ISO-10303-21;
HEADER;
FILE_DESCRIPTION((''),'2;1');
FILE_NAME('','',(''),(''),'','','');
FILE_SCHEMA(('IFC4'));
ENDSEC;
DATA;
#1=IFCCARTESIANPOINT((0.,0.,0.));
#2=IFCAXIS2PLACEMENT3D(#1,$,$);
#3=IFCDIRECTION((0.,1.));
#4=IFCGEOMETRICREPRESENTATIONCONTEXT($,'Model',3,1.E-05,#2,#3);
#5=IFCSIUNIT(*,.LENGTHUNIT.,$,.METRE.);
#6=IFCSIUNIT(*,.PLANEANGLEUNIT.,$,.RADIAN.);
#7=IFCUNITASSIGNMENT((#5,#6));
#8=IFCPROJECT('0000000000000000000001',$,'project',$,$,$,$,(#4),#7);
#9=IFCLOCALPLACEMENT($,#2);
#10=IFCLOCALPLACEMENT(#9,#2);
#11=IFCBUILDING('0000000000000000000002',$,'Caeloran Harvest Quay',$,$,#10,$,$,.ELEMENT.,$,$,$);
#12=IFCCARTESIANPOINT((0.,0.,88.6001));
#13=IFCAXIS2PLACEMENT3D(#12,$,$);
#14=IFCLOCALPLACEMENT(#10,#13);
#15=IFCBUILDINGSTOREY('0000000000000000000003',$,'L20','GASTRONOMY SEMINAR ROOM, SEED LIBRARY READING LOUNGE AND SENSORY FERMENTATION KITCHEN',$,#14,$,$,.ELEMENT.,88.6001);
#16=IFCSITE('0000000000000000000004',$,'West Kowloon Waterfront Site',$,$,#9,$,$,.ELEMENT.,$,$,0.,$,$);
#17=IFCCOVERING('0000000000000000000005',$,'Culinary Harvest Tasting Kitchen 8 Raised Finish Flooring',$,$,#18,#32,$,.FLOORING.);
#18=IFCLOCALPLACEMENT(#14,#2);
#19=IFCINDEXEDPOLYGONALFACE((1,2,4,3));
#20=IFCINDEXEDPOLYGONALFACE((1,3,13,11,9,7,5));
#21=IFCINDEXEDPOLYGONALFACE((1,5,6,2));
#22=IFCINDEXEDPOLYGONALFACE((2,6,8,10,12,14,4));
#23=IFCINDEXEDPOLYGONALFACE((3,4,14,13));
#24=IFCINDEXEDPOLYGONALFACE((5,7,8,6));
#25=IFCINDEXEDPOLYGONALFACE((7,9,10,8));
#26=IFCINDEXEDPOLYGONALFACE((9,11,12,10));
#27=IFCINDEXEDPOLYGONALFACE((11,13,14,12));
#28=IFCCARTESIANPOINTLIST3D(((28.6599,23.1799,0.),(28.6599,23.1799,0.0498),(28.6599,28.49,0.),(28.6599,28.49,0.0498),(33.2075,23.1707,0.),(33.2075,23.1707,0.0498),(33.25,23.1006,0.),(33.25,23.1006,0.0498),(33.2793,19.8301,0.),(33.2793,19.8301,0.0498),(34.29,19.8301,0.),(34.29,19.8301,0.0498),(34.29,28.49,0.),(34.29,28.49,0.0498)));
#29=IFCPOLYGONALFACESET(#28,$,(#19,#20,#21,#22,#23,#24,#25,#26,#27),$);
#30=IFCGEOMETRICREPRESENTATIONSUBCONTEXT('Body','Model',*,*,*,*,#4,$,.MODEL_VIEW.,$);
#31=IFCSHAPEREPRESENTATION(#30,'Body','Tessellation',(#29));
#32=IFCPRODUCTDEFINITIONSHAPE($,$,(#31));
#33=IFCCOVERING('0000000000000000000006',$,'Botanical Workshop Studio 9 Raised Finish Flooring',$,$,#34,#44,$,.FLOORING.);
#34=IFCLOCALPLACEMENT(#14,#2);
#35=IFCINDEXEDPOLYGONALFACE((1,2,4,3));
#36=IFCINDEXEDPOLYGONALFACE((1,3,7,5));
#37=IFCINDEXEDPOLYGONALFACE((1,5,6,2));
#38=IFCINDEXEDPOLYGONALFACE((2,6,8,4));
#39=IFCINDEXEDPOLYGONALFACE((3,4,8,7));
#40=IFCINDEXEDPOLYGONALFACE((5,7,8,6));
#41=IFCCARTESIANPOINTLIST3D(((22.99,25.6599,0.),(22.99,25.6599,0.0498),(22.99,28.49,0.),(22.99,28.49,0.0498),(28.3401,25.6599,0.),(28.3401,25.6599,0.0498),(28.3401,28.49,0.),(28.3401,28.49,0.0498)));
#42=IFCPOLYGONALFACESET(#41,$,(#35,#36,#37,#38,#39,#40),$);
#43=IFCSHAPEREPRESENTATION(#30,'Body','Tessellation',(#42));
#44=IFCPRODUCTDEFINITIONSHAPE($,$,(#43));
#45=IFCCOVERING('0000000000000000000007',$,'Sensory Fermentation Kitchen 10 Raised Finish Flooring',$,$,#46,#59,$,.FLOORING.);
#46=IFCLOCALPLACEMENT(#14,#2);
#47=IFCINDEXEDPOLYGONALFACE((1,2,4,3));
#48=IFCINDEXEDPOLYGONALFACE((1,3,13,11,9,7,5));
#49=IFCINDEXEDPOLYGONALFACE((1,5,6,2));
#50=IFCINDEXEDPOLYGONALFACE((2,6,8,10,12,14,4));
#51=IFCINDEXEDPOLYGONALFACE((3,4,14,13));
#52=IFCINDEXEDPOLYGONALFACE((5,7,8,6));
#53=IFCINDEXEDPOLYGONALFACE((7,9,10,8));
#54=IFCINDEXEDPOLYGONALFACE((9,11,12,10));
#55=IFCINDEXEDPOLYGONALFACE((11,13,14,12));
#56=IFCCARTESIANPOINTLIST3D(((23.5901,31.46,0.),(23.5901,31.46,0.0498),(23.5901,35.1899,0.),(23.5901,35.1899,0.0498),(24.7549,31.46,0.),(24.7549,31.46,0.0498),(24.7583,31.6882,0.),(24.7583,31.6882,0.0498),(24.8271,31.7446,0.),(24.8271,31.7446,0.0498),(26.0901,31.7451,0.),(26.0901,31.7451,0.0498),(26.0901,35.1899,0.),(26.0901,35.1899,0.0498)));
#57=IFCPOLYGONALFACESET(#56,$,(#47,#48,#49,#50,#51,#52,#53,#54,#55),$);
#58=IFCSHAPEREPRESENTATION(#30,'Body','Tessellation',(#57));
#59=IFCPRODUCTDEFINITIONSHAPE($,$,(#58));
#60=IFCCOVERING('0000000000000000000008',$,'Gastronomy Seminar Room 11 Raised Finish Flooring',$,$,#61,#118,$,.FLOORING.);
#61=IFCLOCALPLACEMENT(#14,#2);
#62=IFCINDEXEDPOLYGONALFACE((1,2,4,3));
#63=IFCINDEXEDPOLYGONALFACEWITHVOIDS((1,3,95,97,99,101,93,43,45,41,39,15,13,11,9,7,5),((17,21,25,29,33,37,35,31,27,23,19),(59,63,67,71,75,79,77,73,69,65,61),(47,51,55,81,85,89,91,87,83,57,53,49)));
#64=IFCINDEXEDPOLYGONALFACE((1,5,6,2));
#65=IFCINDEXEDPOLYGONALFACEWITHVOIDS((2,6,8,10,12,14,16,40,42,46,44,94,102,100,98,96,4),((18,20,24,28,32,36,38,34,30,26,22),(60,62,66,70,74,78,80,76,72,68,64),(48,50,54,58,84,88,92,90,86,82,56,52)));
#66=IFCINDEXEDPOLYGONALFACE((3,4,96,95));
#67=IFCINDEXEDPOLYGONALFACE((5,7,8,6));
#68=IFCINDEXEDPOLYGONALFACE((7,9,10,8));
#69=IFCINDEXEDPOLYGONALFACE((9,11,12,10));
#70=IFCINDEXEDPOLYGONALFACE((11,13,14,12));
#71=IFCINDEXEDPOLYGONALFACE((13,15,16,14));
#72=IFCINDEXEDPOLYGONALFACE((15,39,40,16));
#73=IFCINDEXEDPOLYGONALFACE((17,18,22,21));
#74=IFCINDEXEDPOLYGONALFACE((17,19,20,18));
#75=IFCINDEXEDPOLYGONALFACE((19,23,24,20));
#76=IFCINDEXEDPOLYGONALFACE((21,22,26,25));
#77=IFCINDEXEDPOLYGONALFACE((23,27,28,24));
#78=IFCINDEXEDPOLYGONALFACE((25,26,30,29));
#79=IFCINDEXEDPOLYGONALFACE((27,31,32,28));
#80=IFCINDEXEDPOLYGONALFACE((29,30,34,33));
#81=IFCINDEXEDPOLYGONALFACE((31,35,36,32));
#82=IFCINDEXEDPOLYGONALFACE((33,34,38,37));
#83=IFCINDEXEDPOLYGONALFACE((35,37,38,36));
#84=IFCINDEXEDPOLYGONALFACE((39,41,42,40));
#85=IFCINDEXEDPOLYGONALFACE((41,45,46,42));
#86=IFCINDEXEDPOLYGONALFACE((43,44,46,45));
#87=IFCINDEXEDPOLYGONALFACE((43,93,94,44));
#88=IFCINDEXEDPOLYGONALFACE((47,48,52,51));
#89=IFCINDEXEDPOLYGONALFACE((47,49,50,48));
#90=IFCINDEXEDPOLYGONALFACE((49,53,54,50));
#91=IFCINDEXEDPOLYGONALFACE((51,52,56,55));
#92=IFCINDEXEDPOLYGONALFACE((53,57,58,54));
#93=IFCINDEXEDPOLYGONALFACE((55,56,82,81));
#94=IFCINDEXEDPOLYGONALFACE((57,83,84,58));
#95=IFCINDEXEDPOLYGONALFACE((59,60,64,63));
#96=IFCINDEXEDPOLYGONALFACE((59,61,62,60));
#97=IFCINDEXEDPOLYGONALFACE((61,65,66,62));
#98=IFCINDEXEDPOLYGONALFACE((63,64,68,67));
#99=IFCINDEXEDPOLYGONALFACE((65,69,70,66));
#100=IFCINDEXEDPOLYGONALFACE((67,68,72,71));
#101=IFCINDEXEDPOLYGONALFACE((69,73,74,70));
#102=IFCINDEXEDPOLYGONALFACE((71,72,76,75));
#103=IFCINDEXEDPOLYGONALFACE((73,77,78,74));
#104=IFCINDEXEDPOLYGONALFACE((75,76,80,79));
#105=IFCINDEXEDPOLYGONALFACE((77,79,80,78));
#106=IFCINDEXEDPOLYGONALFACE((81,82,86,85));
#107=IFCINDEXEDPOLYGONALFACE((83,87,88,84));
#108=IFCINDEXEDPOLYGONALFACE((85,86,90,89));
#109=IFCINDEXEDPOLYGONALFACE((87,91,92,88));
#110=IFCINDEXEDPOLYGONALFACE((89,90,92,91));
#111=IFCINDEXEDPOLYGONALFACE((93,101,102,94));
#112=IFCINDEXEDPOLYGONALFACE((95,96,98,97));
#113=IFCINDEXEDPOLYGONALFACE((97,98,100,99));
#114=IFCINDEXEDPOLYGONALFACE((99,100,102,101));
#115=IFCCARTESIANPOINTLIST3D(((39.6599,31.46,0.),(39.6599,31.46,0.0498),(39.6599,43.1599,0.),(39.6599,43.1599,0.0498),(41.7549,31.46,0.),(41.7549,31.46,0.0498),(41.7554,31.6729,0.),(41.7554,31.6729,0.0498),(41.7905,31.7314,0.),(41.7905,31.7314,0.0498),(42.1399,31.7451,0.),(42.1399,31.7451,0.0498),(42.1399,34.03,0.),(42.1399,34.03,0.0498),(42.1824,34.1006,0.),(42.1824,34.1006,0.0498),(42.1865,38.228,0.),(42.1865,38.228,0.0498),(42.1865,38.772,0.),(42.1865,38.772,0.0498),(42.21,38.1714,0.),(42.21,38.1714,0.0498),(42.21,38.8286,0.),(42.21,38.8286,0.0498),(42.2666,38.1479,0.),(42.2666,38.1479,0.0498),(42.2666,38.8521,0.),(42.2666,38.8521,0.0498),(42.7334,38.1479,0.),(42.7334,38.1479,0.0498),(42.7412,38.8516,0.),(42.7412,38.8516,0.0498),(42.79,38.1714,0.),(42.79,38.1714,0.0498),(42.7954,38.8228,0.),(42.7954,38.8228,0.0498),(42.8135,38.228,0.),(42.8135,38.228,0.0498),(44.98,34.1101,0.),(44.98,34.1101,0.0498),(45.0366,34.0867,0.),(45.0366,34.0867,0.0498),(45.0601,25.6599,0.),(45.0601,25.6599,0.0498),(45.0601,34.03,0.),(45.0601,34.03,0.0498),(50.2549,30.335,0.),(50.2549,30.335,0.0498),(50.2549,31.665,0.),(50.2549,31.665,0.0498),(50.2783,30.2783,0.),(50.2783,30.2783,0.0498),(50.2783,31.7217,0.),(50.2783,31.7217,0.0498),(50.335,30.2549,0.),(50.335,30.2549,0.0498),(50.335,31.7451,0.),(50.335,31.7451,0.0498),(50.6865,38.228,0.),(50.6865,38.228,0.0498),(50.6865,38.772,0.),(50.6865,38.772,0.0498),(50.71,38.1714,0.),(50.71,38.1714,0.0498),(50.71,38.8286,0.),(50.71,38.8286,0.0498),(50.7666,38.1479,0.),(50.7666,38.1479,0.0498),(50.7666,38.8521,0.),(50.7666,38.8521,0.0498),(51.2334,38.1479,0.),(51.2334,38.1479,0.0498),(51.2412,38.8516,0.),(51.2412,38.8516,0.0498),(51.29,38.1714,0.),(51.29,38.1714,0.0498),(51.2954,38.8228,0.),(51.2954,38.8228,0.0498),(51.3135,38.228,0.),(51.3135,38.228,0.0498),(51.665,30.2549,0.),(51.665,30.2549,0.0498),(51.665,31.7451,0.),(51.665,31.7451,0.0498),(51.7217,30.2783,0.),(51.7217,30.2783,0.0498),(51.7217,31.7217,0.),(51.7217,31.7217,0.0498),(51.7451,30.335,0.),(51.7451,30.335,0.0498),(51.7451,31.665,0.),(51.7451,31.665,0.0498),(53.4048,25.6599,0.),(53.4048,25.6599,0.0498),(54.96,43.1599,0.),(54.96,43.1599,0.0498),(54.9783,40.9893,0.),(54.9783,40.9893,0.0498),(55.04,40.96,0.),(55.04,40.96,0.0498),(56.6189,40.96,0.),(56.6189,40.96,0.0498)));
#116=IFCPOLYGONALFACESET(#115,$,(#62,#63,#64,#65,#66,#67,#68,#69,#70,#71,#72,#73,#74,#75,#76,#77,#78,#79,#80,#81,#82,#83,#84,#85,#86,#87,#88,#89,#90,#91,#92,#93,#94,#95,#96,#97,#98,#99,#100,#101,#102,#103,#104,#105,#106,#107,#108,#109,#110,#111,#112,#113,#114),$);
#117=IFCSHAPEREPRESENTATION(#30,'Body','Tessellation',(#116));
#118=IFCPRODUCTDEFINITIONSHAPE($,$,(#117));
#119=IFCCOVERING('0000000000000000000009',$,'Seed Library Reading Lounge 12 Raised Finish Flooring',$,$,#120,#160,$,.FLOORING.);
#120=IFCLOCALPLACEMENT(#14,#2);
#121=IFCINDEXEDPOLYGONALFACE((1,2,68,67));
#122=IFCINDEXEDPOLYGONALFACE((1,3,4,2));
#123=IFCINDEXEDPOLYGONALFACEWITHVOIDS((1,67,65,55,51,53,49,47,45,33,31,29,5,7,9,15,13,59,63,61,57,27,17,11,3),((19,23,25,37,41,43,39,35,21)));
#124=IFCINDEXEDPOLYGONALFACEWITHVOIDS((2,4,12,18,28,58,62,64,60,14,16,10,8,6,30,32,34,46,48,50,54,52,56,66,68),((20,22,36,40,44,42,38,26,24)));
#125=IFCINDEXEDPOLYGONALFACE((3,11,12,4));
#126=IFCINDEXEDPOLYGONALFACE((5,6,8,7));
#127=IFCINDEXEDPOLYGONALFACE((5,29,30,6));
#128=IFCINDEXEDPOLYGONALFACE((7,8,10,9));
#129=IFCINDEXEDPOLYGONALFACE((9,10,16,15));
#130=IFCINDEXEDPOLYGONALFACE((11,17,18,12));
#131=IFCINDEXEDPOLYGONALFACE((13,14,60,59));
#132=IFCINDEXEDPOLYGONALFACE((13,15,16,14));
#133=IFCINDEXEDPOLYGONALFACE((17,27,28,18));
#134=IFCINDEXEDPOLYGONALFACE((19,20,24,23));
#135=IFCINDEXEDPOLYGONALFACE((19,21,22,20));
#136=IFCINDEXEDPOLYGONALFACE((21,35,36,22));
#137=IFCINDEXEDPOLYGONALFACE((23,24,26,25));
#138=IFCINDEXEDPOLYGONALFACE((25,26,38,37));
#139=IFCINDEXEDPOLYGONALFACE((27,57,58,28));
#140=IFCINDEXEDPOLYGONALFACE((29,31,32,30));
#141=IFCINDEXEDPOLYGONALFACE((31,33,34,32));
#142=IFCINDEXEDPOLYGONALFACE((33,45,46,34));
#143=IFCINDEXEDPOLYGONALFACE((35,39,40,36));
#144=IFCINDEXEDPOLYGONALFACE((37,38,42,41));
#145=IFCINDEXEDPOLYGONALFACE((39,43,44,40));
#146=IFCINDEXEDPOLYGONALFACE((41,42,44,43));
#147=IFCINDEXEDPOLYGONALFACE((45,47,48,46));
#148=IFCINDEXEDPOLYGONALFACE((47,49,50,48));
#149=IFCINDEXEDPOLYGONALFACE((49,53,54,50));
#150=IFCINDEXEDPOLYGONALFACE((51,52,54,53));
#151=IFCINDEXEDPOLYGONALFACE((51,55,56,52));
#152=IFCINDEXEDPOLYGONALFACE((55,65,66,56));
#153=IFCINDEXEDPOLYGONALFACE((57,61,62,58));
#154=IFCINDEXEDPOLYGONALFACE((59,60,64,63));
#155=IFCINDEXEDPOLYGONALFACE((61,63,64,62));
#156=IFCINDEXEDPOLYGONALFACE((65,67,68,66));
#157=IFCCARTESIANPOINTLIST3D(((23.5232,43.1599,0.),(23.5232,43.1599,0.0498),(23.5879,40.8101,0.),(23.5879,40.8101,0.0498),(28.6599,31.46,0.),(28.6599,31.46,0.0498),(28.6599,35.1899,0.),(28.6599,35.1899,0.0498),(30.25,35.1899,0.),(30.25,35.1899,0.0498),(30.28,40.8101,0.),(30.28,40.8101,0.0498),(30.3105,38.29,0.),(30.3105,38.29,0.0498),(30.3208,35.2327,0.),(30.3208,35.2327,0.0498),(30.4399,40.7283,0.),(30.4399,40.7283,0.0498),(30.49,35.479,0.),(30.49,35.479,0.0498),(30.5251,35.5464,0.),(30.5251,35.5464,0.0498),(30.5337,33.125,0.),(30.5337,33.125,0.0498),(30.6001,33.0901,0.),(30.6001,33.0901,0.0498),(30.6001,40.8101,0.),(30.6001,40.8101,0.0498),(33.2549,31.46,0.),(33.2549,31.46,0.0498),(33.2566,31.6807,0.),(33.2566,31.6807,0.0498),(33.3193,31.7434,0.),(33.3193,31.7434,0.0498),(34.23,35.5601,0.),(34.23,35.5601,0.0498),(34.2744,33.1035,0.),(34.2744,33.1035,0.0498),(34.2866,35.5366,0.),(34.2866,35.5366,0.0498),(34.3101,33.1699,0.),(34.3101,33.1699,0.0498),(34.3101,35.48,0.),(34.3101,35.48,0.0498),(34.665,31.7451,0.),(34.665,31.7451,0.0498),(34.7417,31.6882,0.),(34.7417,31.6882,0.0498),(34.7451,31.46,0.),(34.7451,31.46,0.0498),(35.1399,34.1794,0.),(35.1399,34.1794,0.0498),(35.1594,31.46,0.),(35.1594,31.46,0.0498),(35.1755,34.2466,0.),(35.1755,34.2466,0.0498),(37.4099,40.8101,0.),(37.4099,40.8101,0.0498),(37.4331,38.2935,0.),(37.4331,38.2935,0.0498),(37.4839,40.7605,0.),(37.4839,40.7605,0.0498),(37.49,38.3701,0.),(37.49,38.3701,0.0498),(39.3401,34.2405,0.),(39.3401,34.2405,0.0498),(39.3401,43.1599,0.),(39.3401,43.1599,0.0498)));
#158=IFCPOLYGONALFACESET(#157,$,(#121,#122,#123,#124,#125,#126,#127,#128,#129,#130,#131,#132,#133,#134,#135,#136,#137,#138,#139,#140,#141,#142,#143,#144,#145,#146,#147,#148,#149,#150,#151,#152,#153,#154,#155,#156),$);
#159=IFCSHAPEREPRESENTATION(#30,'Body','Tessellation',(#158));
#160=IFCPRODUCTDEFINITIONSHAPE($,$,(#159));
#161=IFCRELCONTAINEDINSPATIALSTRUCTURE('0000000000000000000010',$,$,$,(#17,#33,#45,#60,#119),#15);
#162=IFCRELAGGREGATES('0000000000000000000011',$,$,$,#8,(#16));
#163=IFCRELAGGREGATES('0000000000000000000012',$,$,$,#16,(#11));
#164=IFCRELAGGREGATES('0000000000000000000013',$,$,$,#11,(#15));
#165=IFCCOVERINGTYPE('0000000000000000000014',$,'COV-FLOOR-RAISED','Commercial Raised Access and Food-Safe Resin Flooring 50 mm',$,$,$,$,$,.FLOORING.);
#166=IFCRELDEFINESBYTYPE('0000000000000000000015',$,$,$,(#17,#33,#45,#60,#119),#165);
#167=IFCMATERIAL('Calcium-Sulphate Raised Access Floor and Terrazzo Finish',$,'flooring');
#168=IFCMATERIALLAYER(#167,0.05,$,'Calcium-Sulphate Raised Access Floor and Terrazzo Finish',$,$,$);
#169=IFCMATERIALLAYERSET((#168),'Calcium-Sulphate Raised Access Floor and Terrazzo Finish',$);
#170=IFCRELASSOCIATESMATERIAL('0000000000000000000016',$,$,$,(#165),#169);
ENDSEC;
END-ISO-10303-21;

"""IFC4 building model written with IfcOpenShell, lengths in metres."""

from ifc_helpers import new_model, si_unit, direction, frame, origin, place, context, subcontext, project, spatial, polyline, outline, extrude, material, layer, layer_set, type_object, element, save


model = new_model("IFC4")

# Units and contexts
model_context = context("Model", 3, precision=1e-05, world=origin(), true_north=direction((0.0, 1.0)))
body_context = subcontext(model_context, "Body", "Model", "MODEL_VIEW")
ifc_project = project(units=[si_unit("LENGTHUNIT", "METRE"), si_unit("PLANEANGLEUNIT", "RADIAN")], contexts=[model_context])

# Site, building, storey
site_placement = place(None, origin())
site = spatial("IfcSite", under=ifc_project, at=site_placement, Name="West Kowloon Waterfront Site", CompositionType="ELEMENT", RefElevation=0.0)
building_placement = place(site_placement, origin())
building = spatial("IfcBuilding", under=site, at=building_placement, Name="Caeloran Harvest Quay", CompositionType="ELEMENT")
storey_placement = place(building_placement, frame((0.0, 0.0, 88.6001)))
storey = spatial("IfcBuildingStorey", under=building, at=storey_placement, Name="L20", Description="GASTRONOMY SEMINAR ROOM, SEED LIBRARY READING LOUNGE AND SENSORY FERMENTATION KITCHEN", CompositionType="ELEMENT", Elevation=88.6001)

# Coverings
ifc_material_1 = material(Name="Calcium-Sulphate Raised Access Floor and Terrazzo Finish", Category="flooring")
ifc_layer_1 = layer(ifc_material_1, 0.05, Name="Calcium-Sulphate Raised Access Floor and Terrazzo Finish")
ifc_layer_set_1 = layer_set([ifc_layer_1], Name="Calcium-Sulphate Raised Access Floor and Terrazzo Finish")
covering_type_1 = type_object("IfcCoveringType", Name="COV-FLOOR-RAISED", Description="Commercial Raised Access and Food-Safe Resin Flooring 50 mm", PredefinedType="FLOORING", material=ifc_layer_set_1)
covering_1_placement = place(storey_placement, origin())
element("IfcCovering", 1, at=covering_1_placement, inside=storey, type_object=covering_type_1, Name="Culinary Harvest Tasting Kitchen 8 Raised Finish Flooring", PredefinedType="FLOORING", context=body_context, shape_type="SweptSolid", body=[
    extrude(outline(polyline([(28.6599, 28.49), (34.29, 28.49), (34.29, 19.8301), (33.2793, 19.8301), (33.25, 23.1006), (33.2075, 23.1707), (28.6599, 23.1799), (28.6599, 28.49)])), origin(), (0.0, 0.0, 1.0), 0.0498),
])
covering_2_placement = place(storey_placement, origin())
element("IfcCovering", 2, at=covering_2_placement, inside=storey, type_object=covering_type_1, Name="Botanical Workshop Studio 9 Raised Finish Flooring", PredefinedType="FLOORING", context=body_context, shape_type="SweptSolid", body=[
    extrude(outline(polyline([(22.99, 28.49), (28.3401, 28.49), (28.3401, 25.6599), (22.99, 25.6599), (22.99, 28.49)])), origin(), (0.0, 0.0, 1.0), 0.0498),
])
covering_3_placement = place(storey_placement, origin())
element("IfcCovering", 3, at=covering_3_placement, inside=storey, type_object=covering_type_1, Name="Sensory Fermentation Kitchen 10 Raised Finish Flooring", PredefinedType="FLOORING", context=body_context, shape_type="SweptSolid", body=[
    extrude(outline(polyline([(23.5901, 35.1899), (26.0901, 35.1899), (26.0901, 31.7451), (24.8271, 31.7446), (24.7583, 31.6882), (24.7549, 31.46), (23.5901, 31.46), (23.5901, 35.1899)])), origin(), (0.0, 0.0, 1.0), 0.0498),
])
covering_4_placement = place(storey_placement, origin())
element("IfcCovering", 4, at=covering_4_placement, inside=storey, type_object=covering_type_1, Name="Gastronomy Seminar Room 11 Raised Finish Flooring", PredefinedType="FLOORING", context=body_context, shape_type="SweptSolid", body=[
    extrude(outline(polyline([(54.96, 43.1599), (54.9783, 40.9893), (55.04, 40.96), (56.6189, 40.96), (53.4048, 25.6599), (45.0601, 25.6599), (45.0601, 34.03), (45.0366, 34.0867), (44.98, 34.1101), (42.1824, 34.1006), (42.1399, 34.03), (42.1399, 31.7451), (41.7905, 31.7314), (41.7554, 31.6729), (41.7549, 31.46), (39.6599, 31.46), (39.6599, 43.1599), (54.96, 43.1599)]), holes=[polyline([(51.7451, 31.665), (51.7217, 31.7217), (51.665, 31.7451), (50.335, 31.7451), (50.2783, 31.7217), (50.2549, 31.665), (50.2549, 30.335), (50.2783, 30.2783), (50.335, 30.2549), (51.665, 30.2549), (51.7217, 30.2783), (51.7451, 30.335), (51.7451, 31.665)]), polyline([(51.3135, 38.228), (51.2954, 38.8228), (51.2412, 38.8516), (50.7666, 38.8521), (50.71, 38.8286), (50.6865, 38.772), (50.6865, 38.228), (50.71, 38.1714), (50.7666, 38.1479), (51.2334, 38.1479), (51.29, 38.1714), (51.3135, 38.228)]), polyline([(42.8135, 38.228), (42.7954, 38.8228), (42.7412, 38.8516), (42.2666, 38.8521), (42.21, 38.8286), (42.1865, 38.772), (42.1865, 38.228), (42.21, 38.1714), (42.2666, 38.1479), (42.7334, 38.1479), (42.79, 38.1714), (42.8135, 38.228)])]), origin(), (0.0, 0.0, 1.0), 0.0498),
])
covering_5_placement = place(storey_placement, origin())
element("IfcCovering", 5, at=covering_5_placement, inside=storey, type_object=covering_type_1, Name="Seed Library Reading Lounge 12 Raised Finish Flooring", PredefinedType="FLOORING", context=body_context, shape_type="SweptSolid", body=[
    extrude(outline(polyline([(39.3401, 34.2405), (35.1755, 34.2466), (35.1399, 34.1794), (35.1594, 31.46), (34.7451, 31.46), (34.7417, 31.6882), (34.665, 31.7451), (33.3193, 31.7434), (33.2566, 31.6807), (33.2549, 31.46), (28.6599, 31.46), (28.6599, 35.1899), (30.25, 35.1899), (30.3208, 35.2327), (30.3105, 38.29), (37.4331, 38.2935), (37.49, 38.3701), (37.4839, 40.7605), (37.4099, 40.8101), (30.6001, 40.8101), (30.4399, 40.7283), (30.28, 40.8101), (23.5879, 40.8101), (23.5232, 43.1599), (39.3401, 43.1599), (39.3401, 34.2405)]), holes=[polyline([(34.3101, 35.48), (34.2866, 35.5366), (34.23, 35.5601), (30.5251, 35.5464), (30.49, 35.479), (30.5337, 33.125), (30.6001, 33.0901), (34.2744, 33.1035), (34.3101, 33.1699), (34.3101, 35.48)])]), origin(), (0.0, 0.0, 1.0), 0.0498),
])

save(model, "model.ifc")
